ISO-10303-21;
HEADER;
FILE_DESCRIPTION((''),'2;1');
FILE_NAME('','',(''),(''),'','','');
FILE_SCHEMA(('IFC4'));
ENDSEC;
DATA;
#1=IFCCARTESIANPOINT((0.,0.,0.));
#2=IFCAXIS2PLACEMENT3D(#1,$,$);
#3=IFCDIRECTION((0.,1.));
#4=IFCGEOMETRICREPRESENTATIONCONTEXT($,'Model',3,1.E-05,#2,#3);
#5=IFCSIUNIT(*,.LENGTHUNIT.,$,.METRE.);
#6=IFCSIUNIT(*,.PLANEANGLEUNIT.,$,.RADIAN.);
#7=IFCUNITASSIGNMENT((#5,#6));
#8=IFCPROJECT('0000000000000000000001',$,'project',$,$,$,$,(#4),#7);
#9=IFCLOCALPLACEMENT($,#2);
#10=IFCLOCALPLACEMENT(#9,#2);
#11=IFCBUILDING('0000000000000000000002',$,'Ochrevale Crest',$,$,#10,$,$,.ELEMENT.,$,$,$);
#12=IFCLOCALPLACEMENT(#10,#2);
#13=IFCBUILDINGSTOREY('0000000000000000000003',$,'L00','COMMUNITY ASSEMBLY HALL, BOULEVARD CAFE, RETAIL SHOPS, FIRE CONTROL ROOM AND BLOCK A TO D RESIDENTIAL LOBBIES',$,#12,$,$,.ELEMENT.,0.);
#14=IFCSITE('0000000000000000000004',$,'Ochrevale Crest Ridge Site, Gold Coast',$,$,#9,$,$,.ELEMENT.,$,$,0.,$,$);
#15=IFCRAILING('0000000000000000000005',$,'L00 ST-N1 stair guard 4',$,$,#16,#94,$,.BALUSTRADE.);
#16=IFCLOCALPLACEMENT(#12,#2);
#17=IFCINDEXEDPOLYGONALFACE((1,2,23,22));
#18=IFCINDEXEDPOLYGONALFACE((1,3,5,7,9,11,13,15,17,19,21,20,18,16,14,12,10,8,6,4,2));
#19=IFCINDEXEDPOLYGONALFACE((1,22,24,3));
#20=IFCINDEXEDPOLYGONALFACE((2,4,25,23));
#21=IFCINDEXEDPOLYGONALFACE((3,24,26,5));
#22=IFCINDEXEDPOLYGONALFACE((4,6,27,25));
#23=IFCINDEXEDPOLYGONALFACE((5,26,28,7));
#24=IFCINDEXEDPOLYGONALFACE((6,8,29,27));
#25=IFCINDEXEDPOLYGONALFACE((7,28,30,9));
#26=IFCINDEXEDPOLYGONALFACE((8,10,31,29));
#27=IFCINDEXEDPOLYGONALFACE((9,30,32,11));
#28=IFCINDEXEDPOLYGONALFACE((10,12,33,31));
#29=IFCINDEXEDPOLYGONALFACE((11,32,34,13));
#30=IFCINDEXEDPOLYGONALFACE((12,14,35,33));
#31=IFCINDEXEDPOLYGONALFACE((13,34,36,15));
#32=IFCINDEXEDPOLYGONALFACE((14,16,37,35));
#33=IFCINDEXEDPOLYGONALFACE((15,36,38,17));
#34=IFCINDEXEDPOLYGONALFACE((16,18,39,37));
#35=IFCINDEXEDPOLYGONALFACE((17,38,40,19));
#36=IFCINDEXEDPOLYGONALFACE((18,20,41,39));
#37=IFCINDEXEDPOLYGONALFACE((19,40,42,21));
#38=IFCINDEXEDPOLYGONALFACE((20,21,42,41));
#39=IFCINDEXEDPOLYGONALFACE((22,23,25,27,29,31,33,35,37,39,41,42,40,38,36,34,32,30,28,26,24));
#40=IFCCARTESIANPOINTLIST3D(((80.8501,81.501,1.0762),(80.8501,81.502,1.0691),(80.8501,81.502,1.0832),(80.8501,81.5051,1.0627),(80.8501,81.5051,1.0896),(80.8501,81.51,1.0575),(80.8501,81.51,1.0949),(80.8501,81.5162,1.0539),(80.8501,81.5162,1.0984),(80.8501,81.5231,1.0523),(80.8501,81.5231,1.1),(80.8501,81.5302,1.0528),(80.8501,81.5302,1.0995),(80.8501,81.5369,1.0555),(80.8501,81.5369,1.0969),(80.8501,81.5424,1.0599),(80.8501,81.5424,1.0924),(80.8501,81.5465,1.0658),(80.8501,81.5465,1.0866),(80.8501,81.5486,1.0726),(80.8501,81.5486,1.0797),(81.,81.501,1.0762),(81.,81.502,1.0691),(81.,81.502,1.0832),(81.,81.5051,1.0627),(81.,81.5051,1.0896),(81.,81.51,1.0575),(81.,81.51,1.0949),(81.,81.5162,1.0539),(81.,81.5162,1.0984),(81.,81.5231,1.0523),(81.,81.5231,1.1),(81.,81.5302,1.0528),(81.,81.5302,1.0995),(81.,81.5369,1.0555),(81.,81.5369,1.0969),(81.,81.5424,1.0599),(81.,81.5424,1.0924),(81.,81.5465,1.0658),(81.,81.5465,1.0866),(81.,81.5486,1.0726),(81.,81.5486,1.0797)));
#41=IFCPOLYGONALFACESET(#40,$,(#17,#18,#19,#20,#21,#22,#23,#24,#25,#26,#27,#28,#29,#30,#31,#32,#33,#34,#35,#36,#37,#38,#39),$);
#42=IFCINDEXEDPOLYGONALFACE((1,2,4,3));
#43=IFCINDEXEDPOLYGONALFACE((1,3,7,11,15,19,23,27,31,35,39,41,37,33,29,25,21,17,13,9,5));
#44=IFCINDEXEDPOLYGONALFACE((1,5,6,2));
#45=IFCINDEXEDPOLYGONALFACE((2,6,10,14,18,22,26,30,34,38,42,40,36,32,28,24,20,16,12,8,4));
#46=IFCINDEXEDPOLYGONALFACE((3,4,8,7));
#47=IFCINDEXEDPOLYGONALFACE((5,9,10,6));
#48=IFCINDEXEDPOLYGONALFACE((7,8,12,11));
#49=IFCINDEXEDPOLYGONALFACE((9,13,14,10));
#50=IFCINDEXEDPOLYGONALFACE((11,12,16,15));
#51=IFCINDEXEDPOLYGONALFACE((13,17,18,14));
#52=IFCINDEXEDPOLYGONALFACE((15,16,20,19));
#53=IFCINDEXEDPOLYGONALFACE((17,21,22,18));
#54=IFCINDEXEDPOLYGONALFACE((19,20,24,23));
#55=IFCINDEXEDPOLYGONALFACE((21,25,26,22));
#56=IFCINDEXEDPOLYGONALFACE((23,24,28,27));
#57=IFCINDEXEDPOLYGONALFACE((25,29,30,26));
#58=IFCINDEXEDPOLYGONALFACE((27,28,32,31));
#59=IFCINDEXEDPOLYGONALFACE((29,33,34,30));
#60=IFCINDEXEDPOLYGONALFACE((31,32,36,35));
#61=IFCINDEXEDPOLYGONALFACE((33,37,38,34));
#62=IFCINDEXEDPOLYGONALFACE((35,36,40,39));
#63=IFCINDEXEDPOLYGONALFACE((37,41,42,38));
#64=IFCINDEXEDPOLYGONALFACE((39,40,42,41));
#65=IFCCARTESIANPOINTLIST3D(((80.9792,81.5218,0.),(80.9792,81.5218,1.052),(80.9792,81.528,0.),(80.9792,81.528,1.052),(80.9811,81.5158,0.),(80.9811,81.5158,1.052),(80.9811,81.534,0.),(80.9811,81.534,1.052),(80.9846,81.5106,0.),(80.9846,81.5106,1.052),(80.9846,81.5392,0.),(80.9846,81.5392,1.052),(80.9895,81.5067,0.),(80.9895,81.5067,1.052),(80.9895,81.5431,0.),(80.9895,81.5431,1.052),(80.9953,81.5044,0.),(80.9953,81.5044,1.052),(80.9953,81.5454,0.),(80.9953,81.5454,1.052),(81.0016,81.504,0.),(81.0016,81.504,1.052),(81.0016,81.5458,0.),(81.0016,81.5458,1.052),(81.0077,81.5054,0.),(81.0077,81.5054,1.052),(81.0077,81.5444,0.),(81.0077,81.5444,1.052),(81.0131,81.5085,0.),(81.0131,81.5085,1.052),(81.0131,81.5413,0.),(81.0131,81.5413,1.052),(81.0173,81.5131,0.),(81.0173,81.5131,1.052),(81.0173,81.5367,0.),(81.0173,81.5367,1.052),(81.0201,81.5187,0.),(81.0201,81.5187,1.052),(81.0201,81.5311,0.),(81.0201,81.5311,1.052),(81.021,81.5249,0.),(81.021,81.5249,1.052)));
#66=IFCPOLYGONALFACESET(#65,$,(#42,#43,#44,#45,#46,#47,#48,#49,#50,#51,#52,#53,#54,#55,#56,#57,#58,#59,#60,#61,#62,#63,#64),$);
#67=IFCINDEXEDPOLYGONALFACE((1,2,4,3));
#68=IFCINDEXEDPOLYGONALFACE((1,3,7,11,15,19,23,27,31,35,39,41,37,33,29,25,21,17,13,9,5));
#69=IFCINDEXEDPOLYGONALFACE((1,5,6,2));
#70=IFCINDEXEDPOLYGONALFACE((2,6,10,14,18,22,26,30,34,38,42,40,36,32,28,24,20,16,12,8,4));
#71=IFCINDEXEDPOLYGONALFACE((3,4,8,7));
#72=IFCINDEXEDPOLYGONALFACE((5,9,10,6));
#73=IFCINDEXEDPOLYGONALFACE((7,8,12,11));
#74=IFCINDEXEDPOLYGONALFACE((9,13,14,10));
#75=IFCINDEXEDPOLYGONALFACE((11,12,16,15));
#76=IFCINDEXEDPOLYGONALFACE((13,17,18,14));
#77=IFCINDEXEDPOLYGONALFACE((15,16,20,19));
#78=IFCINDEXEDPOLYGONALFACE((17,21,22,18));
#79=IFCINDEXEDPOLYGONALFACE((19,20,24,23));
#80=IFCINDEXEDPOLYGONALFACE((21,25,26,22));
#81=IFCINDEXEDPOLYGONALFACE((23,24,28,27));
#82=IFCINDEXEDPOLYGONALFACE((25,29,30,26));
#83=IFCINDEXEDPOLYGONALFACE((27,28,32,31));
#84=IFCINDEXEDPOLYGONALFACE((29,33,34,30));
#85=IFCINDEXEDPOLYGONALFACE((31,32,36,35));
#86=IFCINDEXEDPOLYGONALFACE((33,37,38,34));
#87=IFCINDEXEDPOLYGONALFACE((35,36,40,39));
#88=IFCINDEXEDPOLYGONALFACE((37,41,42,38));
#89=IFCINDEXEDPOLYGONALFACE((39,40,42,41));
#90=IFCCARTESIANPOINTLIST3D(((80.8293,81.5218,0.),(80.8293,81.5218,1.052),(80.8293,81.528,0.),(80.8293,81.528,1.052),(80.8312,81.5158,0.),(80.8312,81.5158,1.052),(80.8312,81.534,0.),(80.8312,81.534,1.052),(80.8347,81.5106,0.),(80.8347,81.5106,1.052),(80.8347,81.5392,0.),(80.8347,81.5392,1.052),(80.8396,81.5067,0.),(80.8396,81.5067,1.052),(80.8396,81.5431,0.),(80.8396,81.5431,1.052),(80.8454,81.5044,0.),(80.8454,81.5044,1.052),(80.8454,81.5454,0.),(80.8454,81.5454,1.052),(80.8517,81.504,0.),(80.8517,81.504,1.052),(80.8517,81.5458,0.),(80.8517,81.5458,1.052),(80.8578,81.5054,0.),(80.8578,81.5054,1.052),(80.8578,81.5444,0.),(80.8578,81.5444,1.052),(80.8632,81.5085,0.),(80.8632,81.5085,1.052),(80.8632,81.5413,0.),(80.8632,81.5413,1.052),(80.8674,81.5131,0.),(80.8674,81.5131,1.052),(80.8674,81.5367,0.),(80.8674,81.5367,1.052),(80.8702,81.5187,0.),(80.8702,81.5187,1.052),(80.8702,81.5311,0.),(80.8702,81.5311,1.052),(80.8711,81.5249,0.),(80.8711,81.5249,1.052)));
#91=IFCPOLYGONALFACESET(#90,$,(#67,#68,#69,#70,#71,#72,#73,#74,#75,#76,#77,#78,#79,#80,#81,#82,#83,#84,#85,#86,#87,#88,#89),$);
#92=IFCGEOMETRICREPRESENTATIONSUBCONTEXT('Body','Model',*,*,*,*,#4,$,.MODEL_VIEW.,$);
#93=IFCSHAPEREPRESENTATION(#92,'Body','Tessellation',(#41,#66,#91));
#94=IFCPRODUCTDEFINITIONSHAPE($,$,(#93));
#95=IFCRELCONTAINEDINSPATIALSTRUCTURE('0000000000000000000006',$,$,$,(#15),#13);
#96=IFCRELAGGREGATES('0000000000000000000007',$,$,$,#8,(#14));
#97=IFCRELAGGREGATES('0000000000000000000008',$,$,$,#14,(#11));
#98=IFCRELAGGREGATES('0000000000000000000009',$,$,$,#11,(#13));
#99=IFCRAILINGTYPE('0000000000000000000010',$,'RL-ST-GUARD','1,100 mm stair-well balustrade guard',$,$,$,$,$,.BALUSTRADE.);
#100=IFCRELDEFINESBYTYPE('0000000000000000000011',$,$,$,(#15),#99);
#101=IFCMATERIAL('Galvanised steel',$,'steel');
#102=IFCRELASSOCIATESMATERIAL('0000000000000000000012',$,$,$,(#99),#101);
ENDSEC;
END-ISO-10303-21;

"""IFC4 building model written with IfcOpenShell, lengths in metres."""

from ifc_helpers import new_model, si_unit, direction, frame, origin, origin_2d, place, context, subcontext, project, spatial, circle, extrude, material, type_object, element, save


model = new_model("IFC4")

# Units and contexts
model_context = context("Model", 3, precision=1e-05, world=origin(), true_north=direction((0.0, 1.0)))
body_context = subcontext(model_context, "Body", "Model", "MODEL_VIEW")
ifc_project = project(units=[si_unit("LENGTHUNIT", "METRE"), si_unit("PLANEANGLEUNIT", "RADIAN")], contexts=[model_context])

# Site, building, storey
site_placement = place(None, origin())
site = spatial("IfcSite", under=ifc_project, at=site_placement, Name="Ochrevale Crest Ridge Site, Gold Coast", CompositionType="ELEMENT", RefElevation=0.0)
building_placement = place(site_placement, origin())
building = spatial("IfcBuilding", under=site, at=building_placement, Name="Ochrevale Crest", CompositionType="ELEMENT")
storey_placement = place(building_placement, origin())
storey = spatial("IfcBuildingStorey", under=building, at=storey_placement, Name="L00", Description="COMMUNITY ASSEMBLY HALL, BOULEVARD CAFE, RETAIL SHOPS, FIRE CONTROL ROOM AND BLOCK A TO D RESIDENTIAL LOBBIES", CompositionType="ELEMENT", Elevation=0.0)

# Railing
ifc_material_1 = material(Name="Galvanised steel", Category="steel")
railing_type_1 = type_object("IfcRailingType", Name="RL-ST-GUARD", Description="1,100 mm stair-well balustrade guard", PredefinedType="BALUSTRADE", material=ifc_material_1)
railing_1_placement = place(storey_placement, frame((81.0, 81.5249, 0.0)))
element("IfcRailing", 1, at=railing_1_placement, inside=storey, type_object=railing_type_1, Name="L00 ST-N1 stair guard 4", PredefinedType="BALUSTRADE", context=body_context, shape_type="SweptSolid", body=[
    extrude(circle(Radius=0.0239, at=origin_2d()), frame((0.0, 0.0, 1.0762), z_axis=(-1.0, 0.0, 0.0), x_axis=(0.0, -1.0, 0.0)), (0.0, 0.0, 1.0), 0.1499),
    extrude(circle(Radius=0.021, at=origin_2d()), origin(), (0.0, 0.0, 1.0), 1.052),
    extrude(circle(Radius=0.021, at=origin_2d()), frame((-0.1499, 0.0, 0.0)), (0.0, 0.0, 1.0), 1.052),
])

save(model, "model.ifc")
